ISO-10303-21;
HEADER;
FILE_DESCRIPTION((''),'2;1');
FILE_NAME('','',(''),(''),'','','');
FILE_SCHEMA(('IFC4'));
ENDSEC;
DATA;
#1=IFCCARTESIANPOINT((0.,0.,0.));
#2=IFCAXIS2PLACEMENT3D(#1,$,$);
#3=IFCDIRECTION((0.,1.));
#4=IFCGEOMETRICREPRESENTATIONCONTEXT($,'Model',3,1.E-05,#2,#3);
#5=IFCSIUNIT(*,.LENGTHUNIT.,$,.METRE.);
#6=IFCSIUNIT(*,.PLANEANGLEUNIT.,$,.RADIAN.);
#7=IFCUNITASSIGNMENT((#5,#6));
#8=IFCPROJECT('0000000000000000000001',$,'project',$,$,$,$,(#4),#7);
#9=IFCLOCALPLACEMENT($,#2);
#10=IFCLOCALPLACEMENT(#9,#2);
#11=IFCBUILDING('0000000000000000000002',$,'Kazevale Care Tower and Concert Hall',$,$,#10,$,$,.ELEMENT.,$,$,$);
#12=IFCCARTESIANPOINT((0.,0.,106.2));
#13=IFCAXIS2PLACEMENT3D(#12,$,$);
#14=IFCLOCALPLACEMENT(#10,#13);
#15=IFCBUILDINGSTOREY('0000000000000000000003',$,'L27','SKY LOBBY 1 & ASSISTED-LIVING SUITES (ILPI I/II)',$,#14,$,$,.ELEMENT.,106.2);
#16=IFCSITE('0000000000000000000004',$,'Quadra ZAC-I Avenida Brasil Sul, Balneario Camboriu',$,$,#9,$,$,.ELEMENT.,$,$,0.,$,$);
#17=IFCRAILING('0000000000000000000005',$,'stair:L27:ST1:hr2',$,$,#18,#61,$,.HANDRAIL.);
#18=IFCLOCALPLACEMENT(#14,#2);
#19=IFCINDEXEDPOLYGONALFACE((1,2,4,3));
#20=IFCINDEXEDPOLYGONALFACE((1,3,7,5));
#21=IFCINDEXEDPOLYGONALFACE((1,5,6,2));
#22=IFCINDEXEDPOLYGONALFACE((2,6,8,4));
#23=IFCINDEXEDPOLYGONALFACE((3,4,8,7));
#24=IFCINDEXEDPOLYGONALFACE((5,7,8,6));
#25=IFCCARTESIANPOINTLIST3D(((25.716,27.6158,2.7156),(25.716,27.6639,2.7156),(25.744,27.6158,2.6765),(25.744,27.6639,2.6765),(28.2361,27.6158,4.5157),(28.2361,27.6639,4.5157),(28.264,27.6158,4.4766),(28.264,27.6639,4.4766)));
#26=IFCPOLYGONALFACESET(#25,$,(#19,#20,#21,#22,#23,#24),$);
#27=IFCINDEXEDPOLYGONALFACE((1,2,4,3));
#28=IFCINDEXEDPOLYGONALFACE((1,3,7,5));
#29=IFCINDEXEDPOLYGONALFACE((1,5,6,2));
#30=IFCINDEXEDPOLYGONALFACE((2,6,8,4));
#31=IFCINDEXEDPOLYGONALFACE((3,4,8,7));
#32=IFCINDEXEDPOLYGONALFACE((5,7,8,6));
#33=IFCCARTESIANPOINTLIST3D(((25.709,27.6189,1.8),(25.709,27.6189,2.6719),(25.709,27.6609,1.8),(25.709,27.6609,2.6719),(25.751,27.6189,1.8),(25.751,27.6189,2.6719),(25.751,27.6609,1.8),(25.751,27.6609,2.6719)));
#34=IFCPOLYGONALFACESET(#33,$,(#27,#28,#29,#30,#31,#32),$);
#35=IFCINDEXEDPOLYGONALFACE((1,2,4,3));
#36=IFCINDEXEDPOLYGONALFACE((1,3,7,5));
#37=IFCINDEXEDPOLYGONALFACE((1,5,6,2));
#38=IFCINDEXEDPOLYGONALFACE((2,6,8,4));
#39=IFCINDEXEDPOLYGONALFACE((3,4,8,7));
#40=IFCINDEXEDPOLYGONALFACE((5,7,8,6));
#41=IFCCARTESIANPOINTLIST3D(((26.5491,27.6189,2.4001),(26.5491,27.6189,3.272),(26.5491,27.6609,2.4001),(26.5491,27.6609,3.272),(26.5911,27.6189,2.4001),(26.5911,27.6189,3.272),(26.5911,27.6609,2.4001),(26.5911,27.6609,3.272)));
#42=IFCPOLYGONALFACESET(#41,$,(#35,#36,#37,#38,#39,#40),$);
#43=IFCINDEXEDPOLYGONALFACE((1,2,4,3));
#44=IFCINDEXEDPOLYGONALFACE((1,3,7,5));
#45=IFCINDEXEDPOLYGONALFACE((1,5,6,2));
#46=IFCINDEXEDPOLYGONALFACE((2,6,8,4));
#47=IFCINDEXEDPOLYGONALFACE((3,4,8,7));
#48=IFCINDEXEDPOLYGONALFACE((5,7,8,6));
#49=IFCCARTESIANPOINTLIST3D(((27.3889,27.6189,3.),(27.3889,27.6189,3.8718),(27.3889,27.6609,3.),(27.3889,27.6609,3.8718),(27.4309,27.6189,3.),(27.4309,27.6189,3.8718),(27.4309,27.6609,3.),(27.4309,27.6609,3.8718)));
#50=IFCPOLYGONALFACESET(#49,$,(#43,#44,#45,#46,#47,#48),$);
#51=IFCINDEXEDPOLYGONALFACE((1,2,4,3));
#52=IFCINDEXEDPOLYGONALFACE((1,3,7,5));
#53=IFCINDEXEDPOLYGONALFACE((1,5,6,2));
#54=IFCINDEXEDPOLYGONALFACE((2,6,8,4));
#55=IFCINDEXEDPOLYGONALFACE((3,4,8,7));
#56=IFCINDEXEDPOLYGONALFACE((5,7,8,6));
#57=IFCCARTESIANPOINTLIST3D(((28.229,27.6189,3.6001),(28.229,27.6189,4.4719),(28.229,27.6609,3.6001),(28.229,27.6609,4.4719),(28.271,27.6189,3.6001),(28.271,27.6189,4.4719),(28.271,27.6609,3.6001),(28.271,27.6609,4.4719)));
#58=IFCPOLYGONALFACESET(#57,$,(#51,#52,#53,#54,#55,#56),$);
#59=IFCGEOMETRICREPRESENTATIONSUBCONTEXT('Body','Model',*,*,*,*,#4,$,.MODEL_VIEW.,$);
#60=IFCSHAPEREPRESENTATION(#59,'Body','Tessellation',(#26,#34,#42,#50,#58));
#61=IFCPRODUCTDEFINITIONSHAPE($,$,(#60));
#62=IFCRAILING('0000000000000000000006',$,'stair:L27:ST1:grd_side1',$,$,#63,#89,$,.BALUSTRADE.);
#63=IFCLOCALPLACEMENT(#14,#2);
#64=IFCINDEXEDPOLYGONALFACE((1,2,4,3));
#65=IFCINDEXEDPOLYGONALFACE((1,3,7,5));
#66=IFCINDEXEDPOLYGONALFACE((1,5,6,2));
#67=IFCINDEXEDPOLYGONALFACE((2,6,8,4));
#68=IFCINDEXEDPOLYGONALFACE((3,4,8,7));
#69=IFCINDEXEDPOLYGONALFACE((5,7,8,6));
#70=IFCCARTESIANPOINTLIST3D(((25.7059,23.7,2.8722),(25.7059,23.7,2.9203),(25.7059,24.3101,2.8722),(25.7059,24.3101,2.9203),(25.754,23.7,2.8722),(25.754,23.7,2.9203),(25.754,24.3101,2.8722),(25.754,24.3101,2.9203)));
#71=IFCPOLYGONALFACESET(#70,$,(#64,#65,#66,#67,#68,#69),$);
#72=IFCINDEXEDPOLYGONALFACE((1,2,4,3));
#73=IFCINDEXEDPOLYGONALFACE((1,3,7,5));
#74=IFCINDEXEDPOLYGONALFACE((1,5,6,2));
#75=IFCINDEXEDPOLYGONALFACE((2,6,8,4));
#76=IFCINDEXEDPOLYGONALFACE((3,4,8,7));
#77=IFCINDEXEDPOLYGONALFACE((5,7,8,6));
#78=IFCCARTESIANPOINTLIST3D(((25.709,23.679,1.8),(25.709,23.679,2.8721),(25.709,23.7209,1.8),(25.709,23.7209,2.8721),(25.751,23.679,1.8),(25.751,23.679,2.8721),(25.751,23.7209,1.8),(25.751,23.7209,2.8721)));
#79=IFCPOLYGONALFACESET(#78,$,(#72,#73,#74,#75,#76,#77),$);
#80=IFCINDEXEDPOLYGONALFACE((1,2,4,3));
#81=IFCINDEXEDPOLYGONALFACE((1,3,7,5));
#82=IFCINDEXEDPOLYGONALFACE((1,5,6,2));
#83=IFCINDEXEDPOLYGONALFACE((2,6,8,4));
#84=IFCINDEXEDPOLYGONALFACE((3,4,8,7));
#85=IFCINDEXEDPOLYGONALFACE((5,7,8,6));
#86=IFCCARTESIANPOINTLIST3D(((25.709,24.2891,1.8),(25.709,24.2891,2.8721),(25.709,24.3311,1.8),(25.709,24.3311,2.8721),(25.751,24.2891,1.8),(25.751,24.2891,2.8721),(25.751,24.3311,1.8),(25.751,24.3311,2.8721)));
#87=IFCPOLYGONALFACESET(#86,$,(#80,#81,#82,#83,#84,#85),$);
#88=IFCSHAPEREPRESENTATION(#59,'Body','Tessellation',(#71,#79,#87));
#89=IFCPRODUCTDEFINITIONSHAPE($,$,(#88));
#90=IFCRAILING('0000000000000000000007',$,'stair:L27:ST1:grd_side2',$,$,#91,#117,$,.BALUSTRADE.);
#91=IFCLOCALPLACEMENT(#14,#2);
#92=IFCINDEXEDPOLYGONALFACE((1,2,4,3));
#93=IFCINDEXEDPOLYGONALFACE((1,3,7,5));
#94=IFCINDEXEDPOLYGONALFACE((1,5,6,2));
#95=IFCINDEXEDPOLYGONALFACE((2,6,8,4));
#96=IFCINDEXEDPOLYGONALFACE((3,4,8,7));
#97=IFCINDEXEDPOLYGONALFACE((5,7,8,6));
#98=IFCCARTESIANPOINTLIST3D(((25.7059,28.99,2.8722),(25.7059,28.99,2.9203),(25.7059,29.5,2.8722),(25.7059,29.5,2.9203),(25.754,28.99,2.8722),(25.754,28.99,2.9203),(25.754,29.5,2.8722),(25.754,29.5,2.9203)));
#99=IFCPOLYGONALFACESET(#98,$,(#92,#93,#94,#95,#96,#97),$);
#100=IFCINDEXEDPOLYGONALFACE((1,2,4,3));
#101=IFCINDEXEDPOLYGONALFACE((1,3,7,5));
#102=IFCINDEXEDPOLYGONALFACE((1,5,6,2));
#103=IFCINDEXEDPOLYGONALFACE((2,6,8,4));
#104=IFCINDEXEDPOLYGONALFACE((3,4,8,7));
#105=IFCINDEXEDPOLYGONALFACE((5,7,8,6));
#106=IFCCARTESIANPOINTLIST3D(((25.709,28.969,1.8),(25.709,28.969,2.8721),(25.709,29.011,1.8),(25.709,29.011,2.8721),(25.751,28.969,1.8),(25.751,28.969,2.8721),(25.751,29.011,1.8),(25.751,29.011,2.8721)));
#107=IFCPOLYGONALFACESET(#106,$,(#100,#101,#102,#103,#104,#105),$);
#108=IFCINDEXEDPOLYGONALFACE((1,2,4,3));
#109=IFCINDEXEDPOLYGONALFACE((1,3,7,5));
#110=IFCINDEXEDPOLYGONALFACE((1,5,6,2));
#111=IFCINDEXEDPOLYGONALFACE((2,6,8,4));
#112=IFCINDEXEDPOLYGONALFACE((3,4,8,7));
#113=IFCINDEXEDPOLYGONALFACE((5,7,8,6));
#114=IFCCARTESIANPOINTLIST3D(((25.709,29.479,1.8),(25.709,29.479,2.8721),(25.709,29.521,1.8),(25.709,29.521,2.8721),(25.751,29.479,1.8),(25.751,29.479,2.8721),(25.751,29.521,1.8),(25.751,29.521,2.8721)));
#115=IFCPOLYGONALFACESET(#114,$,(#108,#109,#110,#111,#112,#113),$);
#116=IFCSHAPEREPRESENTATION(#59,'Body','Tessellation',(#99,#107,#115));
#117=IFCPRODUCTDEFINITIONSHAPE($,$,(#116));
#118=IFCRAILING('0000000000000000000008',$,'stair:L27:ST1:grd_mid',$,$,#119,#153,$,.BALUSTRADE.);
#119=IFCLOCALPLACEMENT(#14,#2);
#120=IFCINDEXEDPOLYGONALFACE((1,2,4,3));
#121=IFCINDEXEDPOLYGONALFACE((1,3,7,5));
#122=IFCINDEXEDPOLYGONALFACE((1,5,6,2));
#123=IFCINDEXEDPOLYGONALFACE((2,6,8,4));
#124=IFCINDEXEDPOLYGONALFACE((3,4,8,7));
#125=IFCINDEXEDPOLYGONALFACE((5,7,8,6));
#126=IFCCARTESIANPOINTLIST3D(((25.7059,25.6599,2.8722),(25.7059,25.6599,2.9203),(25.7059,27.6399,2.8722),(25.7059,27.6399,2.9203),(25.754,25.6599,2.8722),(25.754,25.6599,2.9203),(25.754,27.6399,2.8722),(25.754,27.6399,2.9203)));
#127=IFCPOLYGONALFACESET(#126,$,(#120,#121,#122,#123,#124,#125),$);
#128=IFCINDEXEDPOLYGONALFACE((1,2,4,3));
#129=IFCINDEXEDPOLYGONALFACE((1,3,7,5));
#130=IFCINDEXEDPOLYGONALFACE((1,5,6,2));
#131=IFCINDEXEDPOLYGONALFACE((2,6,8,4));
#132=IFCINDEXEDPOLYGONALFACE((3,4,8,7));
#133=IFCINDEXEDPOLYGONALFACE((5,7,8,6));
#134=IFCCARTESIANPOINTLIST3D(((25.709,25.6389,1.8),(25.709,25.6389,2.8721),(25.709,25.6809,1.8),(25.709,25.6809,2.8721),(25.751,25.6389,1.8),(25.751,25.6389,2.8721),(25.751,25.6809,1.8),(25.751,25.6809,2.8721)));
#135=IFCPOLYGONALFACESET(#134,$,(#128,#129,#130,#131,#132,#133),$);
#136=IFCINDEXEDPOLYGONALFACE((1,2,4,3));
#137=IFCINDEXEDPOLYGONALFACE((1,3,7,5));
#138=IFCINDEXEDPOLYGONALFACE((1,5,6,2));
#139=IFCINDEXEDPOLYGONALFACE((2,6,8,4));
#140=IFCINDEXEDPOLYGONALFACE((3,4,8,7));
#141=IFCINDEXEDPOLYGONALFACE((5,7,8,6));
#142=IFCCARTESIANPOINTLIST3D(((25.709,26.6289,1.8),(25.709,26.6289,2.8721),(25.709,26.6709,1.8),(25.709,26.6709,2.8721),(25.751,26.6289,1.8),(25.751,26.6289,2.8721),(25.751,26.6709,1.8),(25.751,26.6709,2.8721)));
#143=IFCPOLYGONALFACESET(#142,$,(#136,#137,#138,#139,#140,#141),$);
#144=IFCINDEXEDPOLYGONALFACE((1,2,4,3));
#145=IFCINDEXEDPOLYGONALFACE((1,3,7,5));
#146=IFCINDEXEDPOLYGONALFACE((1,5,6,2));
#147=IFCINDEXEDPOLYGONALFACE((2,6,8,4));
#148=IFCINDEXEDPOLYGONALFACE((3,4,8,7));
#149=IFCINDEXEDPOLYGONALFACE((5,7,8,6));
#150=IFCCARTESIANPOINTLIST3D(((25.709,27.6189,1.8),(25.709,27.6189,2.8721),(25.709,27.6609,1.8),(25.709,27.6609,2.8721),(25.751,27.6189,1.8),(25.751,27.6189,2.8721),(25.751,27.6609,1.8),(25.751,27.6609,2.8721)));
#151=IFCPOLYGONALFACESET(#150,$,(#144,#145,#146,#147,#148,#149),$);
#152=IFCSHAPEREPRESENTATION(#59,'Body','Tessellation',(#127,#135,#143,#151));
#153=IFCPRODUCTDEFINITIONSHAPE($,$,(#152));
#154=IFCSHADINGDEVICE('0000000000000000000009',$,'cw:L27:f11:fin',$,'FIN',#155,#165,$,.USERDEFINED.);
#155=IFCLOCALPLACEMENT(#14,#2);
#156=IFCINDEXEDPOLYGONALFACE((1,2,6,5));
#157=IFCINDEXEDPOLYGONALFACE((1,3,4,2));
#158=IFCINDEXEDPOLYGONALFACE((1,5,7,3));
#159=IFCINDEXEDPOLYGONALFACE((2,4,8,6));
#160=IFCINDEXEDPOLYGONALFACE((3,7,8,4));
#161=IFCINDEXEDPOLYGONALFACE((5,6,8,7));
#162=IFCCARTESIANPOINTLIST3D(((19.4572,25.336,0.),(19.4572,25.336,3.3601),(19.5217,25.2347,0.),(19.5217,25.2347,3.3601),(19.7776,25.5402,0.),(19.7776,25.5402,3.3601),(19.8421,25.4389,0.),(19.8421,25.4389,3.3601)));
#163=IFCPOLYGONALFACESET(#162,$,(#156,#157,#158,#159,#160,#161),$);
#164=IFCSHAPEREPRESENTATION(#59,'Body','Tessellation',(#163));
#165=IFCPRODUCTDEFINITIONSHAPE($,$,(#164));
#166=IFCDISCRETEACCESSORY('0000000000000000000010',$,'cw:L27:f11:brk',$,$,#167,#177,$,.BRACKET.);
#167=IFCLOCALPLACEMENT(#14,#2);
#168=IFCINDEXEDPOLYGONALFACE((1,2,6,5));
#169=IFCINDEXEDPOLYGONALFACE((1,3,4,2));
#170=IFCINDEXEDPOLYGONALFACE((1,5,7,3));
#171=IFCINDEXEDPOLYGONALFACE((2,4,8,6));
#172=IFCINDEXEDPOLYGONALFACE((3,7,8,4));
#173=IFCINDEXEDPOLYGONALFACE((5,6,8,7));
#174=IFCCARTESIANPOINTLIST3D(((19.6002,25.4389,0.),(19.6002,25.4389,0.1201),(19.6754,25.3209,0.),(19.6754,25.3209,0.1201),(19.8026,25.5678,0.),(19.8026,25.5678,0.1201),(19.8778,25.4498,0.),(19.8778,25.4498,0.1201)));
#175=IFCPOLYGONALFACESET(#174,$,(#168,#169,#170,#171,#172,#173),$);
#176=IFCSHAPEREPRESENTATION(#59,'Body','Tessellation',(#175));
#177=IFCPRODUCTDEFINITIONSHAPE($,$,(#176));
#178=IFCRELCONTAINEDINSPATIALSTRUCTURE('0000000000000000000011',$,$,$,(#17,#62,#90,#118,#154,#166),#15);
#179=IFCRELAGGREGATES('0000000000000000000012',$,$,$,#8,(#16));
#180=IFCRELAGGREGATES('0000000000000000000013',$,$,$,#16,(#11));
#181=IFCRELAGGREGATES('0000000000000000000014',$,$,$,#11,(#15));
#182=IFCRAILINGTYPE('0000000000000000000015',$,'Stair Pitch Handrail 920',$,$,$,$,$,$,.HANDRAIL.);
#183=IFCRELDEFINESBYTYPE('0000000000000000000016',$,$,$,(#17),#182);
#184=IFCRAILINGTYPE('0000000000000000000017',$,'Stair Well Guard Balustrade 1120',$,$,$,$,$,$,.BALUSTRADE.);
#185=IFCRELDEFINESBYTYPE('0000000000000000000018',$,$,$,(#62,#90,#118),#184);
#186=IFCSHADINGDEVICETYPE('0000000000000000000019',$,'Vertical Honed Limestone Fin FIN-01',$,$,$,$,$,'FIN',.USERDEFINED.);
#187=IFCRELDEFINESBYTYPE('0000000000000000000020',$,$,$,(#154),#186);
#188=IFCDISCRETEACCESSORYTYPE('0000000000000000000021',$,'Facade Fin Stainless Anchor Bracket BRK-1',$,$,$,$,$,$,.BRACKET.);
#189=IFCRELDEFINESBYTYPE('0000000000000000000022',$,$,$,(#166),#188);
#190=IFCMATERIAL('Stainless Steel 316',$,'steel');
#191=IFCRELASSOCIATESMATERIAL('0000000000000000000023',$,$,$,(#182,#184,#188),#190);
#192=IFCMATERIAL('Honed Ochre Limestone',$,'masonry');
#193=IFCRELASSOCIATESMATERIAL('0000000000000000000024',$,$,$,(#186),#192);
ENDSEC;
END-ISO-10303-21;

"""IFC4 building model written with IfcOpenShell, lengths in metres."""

from ifc_helpers import new_model, si_unit, direction, frame, origin, origin_2d, place, context, subcontext, project, spatial, rectangle, extrude, material, type_object, element, save


model = new_model("IFC4")

# Units and contexts
model_context = context("Model", 3, precision=1e-05, world=origin(), true_north=direction((0.0, 1.0)))
body_context = subcontext(model_context, "Body", "Model", "MODEL_VIEW")
ifc_project = project(units=[si_unit("LENGTHUNIT", "METRE"), si_unit("PLANEANGLEUNIT", "RADIAN")], contexts=[model_context])

# Site, building, storey
site_placement = place(None, origin())
site = spatial("IfcSite", under=ifc_project, at=site_placement, Name="Quadra ZAC-I Avenida Brasil Sul, Balneario Camboriu", CompositionType="ELEMENT", RefElevation=0.0)
building_placement = place(site_placement, origin())
building = spatial("IfcBuilding", under=site, at=building_placement, Name="Kazevale Care Tower and Concert Hall", CompositionType="ELEMENT")
storey_placement = place(building_placement, frame((0.0, 0.0, 106.2)))
storey = spatial("IfcBuildingStorey", under=building, at=storey_placement, Name="L27", Description="SKY LOBBY 1 & ASSISTED-LIVING SUITES (ILPI I/II)", CompositionType="ELEMENT", Elevation=106.2)

# Railings
ifc_material_1 = material(Name="Stainless Steel 316", Category="steel")
railing_type_1 = type_object("IfcRailingType", Name="Stair Pitch Handrail 920", PredefinedType="HANDRAIL", material=ifc_material_1)
railing_1_placement = place(storey_placement, frame((25.73, 27.6399, 1.8)))
element("IfcRailing", 1, at=railing_1_placement, inside=storey, type_object=railing_type_1, Name="stair:L27:ST1:hr2", PredefinedType="HANDRAIL", context=body_context, shape_type="SweptSolid", body=[
    extrude(rectangle(XDim=0.0481, YDim=0.0481, at=origin_2d()), frame((0.0, 0.0, 0.896), z_axis=(0.813728, 0.0, 0.581246), x_axis=(0.0, 1.0, 0.0)), (0.0, 0.0, 1.0), 3.0969),
    extrude(rectangle(XDim=0.042, YDim=0.042, at=origin_2d()), origin(), (0.0, 0.0, 1.0), 0.8718),
    extrude(rectangle(XDim=0.042, YDim=0.042, at=origin_2d()), frame((0.8401, 0.0, 0.6001)), (0.0, 0.0, 1.0), 0.8718),
    extrude(rectangle(XDim=0.042, YDim=0.042, at=origin_2d()), frame((1.6799, 0.0, 1.2)), (0.0, 0.0, 1.0), 0.8718),
    extrude(rectangle(XDim=0.042, YDim=0.042, at=origin_2d()), frame((2.52, 0.0, 1.8)), (0.0, 0.0, 1.0), 0.8718),
])
railing_type_2 = type_object("IfcRailingType", Name="Stair Well Guard Balustrade 1120", PredefinedType="BALUSTRADE", material=ifc_material_1)
railing_2_placement = place(storey_placement, frame((25.73, 23.7, 1.8)))
element("IfcRailing", 2, at=railing_2_placement, inside=storey, type_object=railing_type_2, Name="stair:L27:ST1:grd_side1", PredefinedType="BALUSTRADE", context=body_context, shape_type="SweptSolid", body=[
    extrude(rectangle(XDim=0.0481, YDim=0.0481, at=origin_2d()), frame((0.0, 0.0, 1.0962), z_axis=(0.0, 1.0, 0.0), x_axis=(-1.0, 0.0, 0.0)), (0.0, 0.0, 1.0), 0.6101),
    extrude(rectangle(XDim=0.042, YDim=0.042, at=origin_2d()), origin(), (0.0, 0.0, 1.0), 1.072),
    extrude(rectangle(XDim=0.042, YDim=0.042, at=origin_2d()), frame((0.0, 0.6101, 0.0)), (0.0, 0.0, 1.0), 1.072),
])
railing_3_placement = place(storey_placement, frame((25.73, 28.99, 1.8)))
element("IfcRailing", 3, at=railing_3_placement, inside=storey, type_object=railing_type_2, Name="stair:L27:ST1:grd_side2", PredefinedType="BALUSTRADE", context=body_context, shape_type="SweptSolid", body=[
    extrude(rectangle(XDim=0.0481, YDim=0.0481, at=origin_2d()), frame((0.0, 0.0, 1.0962), z_axis=(0.0, 1.0, 0.0), x_axis=(-1.0, 0.0, 0.0)), (0.0, 0.0, 1.0), 0.51),
    extrude(rectangle(XDim=0.042, YDim=0.042, at=origin_2d()), origin(), (0.0, 0.0, 1.0), 1.072),
    extrude(rectangle(XDim=0.042, YDim=0.042, at=origin_2d()), frame((0.0, 0.51, 0.0)), (0.0, 0.0, 1.0), 1.072),
])
railing_4_placement = place(storey_placement, frame((25.73, 25.6599, 1.8)))
element("IfcRailing", 4, at=railing_4_placement, inside=storey, type_object=railing_type_2, Name="stair:L27:ST1:grd_mid", PredefinedType="BALUSTRADE", context=body_context, shape_type="SweptSolid", body=[
    extrude(rectangle(XDim=0.0481, YDim=0.0481, at=origin_2d()), frame((0.0, 0.0, 1.0962), z_axis=(0.0, 1.0, 0.0), x_axis=(-1.0, 0.0, 0.0)), (0.0, 0.0, 1.0), 1.98),
    extrude(rectangle(XDim=0.042, YDim=0.042, at=origin_2d()), origin(), (0.0, 0.0, 1.0), 1.072),
    extrude(rectangle(XDim=0.042, YDim=0.042, at=origin_2d()), frame((0.0, 0.99, 0.0)), (0.0, 0.0, 1.0), 1.072),
    extrude(rectangle(XDim=0.042, YDim=0.042, at=origin_2d()), frame((0.0, 1.98, 0.0)), (0.0, 0.0, 1.0), 1.072),
])

# Shading device
ifc_material_2 = material(Name="Honed Ochre Limestone", Category="masonry")
shading_device_type = type_object("IfcShadingDeviceType", Name="Vertical Honed Limestone Fin FIN-01", ElementType="FIN", PredefinedType="USERDEFINED", material=ifc_material_2)
shading_device_placement = place(storey_placement, frame((19.6497, 25.3875, 0.0), z_axis=(0.0, 0.0, 1.0), x_axis=(-0.843391, -0.5373, 0.0)))
element("IfcShadingDevice", 5, at=shading_device_placement, inside=storey, type_object=shading_device_type, Name="cw:L27:f11:fin", ObjectType="FIN", PredefinedType="USERDEFINED", context=body_context, shape_type="SweptSolid", body=[
    extrude(rectangle(XDim=0.3799, YDim=0.1201, at=origin_2d()), origin(), (0.0, 0.0, 1.0), 3.3601),
])

# Discrete accessory
discrete_accessory_type = type_object("IfcDiscreteAccessoryType", Name="Facade Fin Stainless Anchor Bracket BRK-1", PredefinedType="BRACKET", material=ifc_material_1)
discrete_accessory_placement = place(storey_placement, frame((19.739, 25.4443, 0.0), z_axis=(0.0, 0.0, 1.0), x_axis=(-0.843391, -0.5373, 0.0)))
element("IfcDiscreteAccessory", 6, at=discrete_accessory_placement, inside=storey, type_object=discrete_accessory_type, Name="cw:L27:f11:brk", PredefinedType="BRACKET", context=body_context, shape_type="SweptSolid", body=[
    extrude(rectangle(XDim=0.24, YDim=0.1399, at=origin_2d()), origin(), (0.0, 0.0, 1.0), 0.1201),
])

save(model, "model.ifc")
